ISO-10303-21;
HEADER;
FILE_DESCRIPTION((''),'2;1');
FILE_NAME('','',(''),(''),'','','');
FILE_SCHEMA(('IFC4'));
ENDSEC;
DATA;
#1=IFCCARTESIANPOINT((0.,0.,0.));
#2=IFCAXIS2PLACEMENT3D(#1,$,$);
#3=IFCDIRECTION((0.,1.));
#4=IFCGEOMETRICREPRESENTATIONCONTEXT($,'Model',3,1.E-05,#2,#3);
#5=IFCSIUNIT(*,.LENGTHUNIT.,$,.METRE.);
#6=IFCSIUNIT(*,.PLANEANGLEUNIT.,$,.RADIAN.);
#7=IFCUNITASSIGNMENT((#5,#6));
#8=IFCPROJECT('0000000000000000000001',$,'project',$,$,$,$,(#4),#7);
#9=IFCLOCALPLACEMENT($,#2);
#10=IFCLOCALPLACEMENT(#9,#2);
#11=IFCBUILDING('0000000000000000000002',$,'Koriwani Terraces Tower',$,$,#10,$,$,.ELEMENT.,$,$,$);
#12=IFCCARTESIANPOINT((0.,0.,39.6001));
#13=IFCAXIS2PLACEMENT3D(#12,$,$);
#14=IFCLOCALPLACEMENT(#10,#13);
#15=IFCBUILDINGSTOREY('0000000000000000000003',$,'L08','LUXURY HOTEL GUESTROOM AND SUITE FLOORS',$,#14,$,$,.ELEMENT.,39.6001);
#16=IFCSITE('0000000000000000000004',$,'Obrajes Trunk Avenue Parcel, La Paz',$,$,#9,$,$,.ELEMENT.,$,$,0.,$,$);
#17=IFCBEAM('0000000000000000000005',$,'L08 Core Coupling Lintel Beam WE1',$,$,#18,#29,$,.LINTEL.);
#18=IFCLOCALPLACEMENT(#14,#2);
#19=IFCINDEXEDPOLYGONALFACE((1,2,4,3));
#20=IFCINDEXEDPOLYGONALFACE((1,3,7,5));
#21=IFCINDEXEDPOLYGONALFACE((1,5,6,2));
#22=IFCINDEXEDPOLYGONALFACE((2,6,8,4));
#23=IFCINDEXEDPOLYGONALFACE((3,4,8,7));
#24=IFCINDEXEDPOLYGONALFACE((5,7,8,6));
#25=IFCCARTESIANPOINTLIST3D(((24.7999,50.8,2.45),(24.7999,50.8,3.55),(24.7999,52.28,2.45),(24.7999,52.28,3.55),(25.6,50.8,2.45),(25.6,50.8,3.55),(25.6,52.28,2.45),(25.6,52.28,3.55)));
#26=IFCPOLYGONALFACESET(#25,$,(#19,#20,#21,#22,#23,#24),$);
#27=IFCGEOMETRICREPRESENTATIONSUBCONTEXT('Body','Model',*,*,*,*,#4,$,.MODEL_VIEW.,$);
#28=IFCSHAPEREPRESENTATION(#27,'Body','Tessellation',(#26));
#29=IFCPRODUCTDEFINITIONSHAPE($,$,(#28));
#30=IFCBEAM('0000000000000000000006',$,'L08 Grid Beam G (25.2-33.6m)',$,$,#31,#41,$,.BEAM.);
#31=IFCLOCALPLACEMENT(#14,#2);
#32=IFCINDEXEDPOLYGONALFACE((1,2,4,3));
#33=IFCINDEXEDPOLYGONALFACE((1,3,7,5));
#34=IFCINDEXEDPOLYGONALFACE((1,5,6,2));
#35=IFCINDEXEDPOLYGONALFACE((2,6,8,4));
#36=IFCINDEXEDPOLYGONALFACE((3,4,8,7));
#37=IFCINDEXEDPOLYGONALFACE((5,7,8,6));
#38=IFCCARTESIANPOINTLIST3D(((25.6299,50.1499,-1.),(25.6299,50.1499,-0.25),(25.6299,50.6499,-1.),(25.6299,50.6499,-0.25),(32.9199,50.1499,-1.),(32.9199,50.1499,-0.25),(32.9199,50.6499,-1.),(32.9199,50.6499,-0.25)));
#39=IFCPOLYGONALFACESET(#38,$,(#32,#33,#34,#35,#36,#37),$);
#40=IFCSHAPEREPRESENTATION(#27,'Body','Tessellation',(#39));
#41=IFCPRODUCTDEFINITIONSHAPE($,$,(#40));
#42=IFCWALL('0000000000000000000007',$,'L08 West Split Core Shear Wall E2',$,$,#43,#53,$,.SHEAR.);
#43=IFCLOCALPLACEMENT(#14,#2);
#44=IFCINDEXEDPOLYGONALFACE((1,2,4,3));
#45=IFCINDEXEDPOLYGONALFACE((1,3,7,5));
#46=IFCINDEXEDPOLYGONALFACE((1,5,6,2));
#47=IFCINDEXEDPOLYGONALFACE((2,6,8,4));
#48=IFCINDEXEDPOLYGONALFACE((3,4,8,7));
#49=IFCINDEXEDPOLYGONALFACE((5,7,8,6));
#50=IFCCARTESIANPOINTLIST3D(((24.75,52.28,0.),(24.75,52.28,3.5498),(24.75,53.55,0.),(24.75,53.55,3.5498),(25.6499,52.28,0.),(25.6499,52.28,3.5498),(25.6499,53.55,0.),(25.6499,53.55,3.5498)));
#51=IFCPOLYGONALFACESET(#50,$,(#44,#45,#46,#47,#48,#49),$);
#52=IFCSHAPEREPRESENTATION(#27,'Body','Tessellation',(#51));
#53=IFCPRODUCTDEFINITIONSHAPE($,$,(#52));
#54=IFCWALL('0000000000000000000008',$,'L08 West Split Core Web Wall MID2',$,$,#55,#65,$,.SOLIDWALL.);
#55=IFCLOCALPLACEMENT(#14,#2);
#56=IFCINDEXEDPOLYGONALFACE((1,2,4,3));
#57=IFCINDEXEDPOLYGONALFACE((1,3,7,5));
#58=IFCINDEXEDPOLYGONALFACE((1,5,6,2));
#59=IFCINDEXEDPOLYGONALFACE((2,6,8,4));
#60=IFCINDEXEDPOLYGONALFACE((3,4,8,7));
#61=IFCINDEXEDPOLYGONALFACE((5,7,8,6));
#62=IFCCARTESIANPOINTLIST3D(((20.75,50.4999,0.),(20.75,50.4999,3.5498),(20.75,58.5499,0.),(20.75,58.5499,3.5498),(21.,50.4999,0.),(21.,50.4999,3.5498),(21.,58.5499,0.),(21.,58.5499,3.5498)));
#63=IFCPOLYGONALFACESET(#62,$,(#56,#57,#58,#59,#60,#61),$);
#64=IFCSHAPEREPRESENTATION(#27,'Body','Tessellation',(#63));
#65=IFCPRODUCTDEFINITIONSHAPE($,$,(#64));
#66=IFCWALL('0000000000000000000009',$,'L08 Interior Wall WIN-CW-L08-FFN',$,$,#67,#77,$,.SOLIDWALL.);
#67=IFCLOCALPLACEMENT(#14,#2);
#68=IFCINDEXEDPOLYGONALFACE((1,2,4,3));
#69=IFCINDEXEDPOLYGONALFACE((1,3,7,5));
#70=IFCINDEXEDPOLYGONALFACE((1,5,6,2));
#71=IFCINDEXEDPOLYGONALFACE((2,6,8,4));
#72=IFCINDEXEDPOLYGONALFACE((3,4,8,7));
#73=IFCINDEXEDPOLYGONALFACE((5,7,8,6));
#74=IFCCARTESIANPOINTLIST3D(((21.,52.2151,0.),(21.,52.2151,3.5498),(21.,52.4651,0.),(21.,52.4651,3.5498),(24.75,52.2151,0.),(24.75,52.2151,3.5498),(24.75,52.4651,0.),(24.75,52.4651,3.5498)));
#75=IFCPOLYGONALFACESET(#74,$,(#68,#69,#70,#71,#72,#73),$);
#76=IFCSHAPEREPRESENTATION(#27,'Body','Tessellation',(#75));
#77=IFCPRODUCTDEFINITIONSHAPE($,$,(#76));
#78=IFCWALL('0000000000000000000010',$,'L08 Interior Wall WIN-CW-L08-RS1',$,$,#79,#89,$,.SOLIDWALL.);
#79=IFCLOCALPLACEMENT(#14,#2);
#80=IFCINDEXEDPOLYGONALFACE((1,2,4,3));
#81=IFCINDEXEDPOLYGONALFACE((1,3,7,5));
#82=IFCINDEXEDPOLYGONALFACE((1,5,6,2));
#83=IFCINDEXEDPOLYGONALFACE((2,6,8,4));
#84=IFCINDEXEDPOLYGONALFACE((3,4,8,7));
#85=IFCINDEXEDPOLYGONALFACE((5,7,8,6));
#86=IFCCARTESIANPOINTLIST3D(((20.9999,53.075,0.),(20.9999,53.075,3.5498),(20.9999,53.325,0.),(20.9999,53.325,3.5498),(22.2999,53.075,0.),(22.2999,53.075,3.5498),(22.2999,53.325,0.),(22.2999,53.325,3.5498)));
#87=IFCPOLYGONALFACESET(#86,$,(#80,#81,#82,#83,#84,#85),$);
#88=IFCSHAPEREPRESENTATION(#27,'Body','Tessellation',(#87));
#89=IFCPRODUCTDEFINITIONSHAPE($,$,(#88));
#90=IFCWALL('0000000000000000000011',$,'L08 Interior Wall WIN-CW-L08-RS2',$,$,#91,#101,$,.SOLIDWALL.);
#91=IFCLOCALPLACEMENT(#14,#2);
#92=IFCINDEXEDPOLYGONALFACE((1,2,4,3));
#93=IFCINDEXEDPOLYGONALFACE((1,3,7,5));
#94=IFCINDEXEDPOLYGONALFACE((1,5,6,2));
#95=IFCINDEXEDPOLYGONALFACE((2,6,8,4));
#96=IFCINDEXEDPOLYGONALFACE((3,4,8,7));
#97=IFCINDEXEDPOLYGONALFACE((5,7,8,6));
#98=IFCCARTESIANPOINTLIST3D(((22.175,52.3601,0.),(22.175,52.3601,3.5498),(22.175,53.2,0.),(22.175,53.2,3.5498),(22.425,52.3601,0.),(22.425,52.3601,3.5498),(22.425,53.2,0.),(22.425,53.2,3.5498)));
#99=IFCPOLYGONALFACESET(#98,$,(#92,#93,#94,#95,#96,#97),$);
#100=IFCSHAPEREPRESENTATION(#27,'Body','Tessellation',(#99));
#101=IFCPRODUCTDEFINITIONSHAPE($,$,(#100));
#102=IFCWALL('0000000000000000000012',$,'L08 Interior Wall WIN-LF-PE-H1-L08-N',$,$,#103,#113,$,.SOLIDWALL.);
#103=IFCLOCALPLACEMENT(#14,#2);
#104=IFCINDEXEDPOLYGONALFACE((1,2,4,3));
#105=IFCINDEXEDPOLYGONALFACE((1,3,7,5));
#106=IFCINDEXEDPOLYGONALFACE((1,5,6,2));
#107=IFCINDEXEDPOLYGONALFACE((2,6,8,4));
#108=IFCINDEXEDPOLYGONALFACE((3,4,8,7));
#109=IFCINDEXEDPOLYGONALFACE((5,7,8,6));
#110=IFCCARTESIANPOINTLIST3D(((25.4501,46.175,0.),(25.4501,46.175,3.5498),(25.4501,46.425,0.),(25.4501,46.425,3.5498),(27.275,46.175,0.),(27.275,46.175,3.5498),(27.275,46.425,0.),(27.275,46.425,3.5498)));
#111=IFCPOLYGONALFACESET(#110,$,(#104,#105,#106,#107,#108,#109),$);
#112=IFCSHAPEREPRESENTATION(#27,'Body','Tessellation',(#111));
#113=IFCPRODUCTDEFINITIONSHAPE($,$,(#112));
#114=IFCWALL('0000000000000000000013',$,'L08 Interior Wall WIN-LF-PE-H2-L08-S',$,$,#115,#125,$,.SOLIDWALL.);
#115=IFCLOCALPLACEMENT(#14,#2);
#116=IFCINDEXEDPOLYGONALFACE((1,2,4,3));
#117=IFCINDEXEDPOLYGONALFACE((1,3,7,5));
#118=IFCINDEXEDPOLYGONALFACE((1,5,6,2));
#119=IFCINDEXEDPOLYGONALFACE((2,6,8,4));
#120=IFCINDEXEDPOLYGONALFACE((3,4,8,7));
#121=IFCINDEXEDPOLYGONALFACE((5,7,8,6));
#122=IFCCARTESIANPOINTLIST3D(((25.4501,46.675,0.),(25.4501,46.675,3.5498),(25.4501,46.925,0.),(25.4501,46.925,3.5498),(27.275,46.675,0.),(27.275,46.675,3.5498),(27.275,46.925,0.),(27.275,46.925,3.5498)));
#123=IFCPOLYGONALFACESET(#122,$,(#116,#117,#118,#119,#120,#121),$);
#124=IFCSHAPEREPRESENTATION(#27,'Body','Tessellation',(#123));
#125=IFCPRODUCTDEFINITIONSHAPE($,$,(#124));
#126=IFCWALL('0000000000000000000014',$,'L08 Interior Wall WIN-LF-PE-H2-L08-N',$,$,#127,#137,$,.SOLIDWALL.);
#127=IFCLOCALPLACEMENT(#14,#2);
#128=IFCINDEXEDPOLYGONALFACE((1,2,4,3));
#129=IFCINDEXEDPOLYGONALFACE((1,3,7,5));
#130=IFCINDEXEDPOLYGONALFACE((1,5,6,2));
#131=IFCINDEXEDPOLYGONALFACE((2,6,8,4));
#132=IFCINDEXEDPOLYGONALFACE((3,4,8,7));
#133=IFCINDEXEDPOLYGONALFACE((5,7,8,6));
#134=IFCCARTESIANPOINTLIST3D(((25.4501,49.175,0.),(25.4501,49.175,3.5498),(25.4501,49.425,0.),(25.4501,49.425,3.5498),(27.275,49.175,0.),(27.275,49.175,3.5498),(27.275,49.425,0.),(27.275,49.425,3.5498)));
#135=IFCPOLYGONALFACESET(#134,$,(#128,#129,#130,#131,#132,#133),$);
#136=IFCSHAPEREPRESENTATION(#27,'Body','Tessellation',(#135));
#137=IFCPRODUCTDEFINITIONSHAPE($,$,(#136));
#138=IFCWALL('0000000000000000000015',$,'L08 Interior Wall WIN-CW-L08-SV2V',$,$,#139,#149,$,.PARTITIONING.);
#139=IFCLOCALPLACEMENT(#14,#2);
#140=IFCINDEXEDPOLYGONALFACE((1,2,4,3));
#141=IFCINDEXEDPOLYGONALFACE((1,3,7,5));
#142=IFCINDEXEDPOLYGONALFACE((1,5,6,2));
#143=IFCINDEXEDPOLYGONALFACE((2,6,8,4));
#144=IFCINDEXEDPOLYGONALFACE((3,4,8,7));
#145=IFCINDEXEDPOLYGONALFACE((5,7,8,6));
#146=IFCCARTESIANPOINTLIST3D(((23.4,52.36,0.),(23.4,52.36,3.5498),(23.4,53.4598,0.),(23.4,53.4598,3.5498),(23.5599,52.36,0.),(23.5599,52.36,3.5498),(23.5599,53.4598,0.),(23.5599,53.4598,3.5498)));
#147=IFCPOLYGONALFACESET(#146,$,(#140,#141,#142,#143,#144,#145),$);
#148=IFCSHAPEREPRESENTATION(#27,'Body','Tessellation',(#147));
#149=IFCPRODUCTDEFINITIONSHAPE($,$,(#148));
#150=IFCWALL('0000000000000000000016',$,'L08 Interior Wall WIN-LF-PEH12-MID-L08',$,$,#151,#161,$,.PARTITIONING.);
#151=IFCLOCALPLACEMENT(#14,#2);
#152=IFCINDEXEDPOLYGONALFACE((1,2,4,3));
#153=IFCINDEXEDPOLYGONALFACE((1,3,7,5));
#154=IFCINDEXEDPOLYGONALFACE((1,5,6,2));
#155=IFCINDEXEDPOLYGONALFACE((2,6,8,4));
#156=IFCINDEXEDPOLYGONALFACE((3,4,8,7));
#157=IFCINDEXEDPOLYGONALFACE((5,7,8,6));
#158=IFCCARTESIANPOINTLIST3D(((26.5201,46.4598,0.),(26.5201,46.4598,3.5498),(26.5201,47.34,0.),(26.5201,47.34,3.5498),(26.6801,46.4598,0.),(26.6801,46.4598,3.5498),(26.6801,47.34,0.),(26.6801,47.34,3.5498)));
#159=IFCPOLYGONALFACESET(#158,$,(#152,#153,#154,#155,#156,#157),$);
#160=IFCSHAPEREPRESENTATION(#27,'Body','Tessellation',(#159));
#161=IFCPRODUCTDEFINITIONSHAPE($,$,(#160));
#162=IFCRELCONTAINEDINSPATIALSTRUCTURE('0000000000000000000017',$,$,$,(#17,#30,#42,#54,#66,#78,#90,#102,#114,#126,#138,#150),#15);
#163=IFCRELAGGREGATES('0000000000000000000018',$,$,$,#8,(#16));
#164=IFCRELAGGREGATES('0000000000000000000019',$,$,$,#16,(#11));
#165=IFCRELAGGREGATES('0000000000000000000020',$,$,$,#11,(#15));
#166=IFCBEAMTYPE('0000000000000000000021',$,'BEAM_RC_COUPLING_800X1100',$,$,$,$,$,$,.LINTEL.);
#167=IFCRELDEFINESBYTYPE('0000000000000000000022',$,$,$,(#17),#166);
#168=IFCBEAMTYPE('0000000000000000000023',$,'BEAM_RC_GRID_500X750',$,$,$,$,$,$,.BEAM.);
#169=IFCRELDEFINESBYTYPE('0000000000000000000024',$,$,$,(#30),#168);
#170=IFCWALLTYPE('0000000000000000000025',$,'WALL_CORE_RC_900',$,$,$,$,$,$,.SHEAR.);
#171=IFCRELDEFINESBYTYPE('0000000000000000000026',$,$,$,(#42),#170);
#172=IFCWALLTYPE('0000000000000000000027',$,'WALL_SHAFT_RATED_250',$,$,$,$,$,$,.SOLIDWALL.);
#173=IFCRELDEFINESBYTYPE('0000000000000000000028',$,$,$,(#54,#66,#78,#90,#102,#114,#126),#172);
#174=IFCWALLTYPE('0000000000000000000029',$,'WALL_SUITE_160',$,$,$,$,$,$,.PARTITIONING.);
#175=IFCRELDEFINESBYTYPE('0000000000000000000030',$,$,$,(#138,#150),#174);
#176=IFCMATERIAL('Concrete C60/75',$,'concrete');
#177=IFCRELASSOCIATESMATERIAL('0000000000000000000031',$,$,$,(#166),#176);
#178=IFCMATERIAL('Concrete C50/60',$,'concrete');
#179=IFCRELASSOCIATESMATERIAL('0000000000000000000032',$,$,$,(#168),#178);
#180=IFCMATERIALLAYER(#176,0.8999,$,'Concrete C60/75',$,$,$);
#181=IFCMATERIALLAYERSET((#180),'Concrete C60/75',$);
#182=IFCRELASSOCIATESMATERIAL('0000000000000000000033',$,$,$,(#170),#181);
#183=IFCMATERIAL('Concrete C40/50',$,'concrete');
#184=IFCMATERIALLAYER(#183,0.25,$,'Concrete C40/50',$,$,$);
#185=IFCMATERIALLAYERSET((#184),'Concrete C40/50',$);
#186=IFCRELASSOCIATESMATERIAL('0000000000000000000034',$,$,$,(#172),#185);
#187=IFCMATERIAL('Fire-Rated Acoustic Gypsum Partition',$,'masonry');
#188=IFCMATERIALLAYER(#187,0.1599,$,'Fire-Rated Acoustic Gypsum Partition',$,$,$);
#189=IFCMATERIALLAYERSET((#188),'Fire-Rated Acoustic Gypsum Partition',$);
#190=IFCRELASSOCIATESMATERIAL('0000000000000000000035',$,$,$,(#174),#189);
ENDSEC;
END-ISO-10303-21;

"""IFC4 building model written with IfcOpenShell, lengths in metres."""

from ifc_helpers import new_model, si_unit, direction, frame, frame_2d, origin, origin_2d, place, context, subcontext, project, spatial, rectangle, extrude, material, layer, layer_set, material_profile, profile_set, type_object, element, save


model = new_model("IFC4")

# Units and contexts
model_context = context("Model", 3, precision=1e-05, world=origin(), true_north=direction((0.0, 1.0)))
body_context = subcontext(model_context, "Body", "Model", "MODEL_VIEW")
ifc_project = project(units=[si_unit("LENGTHUNIT", "METRE"), si_unit("PLANEANGLEUNIT", "RADIAN")], contexts=[model_context])

# Site, building, storey
site_placement = place(None, origin())
site = spatial("IfcSite", under=ifc_project, at=site_placement, Name="Obrajes Trunk Avenue Parcel, La Paz", CompositionType="ELEMENT", RefElevation=0.0)
building_placement = place(site_placement, origin())
building = spatial("IfcBuilding", under=site, at=building_placement, Name="Koriwani Terraces Tower", CompositionType="ELEMENT")
storey_placement = place(building_placement, frame((0.0, 0.0, 39.6001)))
storey = spatial("IfcBuildingStorey", under=building, at=storey_placement, Name="L08", Description="LUXURY HOTEL GUESTROOM AND SUITE FLOORS", CompositionType="ELEMENT", Elevation=39.6001)

# Beams
ifc_material_1 = material(Name="Concrete C60/75", Category="concrete")
ifc_material_profile_1 = material_profile(ifc_material_1, rectangle(XDim=0.8, YDim=1.1001, at=origin_2d()), Name="Concrete C60/75", Category="LoadBearing")
ifc_profile_set_1 = profile_set([ifc_material_profile_1], Name="Concrete C60/75")
beam_type_1 = type_object("IfcBeamType", Name="BEAM_RC_COUPLING_800X1100", PredefinedType="LINTEL", material=ifc_profile_set_1)
beam_1_placement = place(storey_placement, frame((25.2, 50.8, 3.0), z_axis=(0.0, 1.0, 0.0), x_axis=(-1.0, 0.0, 0.0)))
element("IfcBeam", 1, at=beam_1_placement, inside=storey, type_object=beam_type_1, Name="L08 Core Coupling Lintel Beam WE1", PredefinedType="LINTEL", context=body_context, shape_type="SweptSolid", body=[
    extrude(rectangle(XDim=0.8, YDim=1.1001, at=origin_2d()), origin(), (0.0, 0.0, 1.0), 1.48),
])
ifc_material_2 = material(Name="Concrete C50/60", Category="concrete")
ifc_material_profile_2 = material_profile(ifc_material_2, rectangle(XDim=0.5, YDim=0.75, at=origin_2d()), Name="Concrete C50/60", Category="LoadBearing")
ifc_profile_set_2 = profile_set([ifc_material_profile_2], Name="Concrete C50/60")
beam_type_2 = type_object("IfcBeamType", Name="BEAM_RC_GRID_500X750", PredefinedType="BEAM", material=ifc_profile_set_2)
beam_2_placement = place(storey_placement, frame((25.6299, 50.3999, -0.625), z_axis=(1.0, 0.0, 0.0), x_axis=(0.0, 1.0, 0.0)))
element("IfcBeam", 2, at=beam_2_placement, inside=storey, type_object=beam_type_2, Name="L08 Grid Beam G (25.2-33.6m)", PredefinedType="BEAM", context=body_context, shape_type="SweptSolid", body=[
    extrude(rectangle(XDim=0.5, YDim=0.75, at=origin_2d()), origin(), (0.0, 0.0, 1.0), 7.29),
])

# Walls
ifc_layer_1 = layer(ifc_material_1, 0.8999, Name="Concrete C60/75")
ifc_layer_set_1 = layer_set([ifc_layer_1], Name="Concrete C60/75")
wall_type_1 = type_object("IfcWallType", Name="WALL_CORE_RC_900", PredefinedType="SHEAR", material=ifc_layer_set_1)
wall_1_placement = place(storey_placement, frame((25.2, 52.28, 0.0), z_axis=(0.0, 0.0, 1.0), x_axis=(0.0, 1.0, 0.0)))
element("IfcWall", 3, at=wall_1_placement, inside=storey, type_object=wall_type_1, Name="L08 West Split Core Shear Wall E2", PredefinedType="SHEAR", context=body_context, shape_type="SweptSolid", body=[
    extrude(rectangle(XDim=1.27, YDim=0.8999, at=frame_2d((0.635, 0.0))), origin(), (0.0, 0.0, 1.0), 3.5498),
])
ifc_material_3 = material(Name="Concrete C40/50", Category="concrete")
ifc_layer_2 = layer(ifc_material_3, 0.25, Name="Concrete C40/50")
ifc_layer_set_2 = layer_set([ifc_layer_2], Name="Concrete C40/50")
wall_type_2 = type_object("IfcWallType", Name="WALL_SHAFT_RATED_250", PredefinedType="SOLIDWALL", material=ifc_layer_set_2)
wall_2_placement = place(storey_placement, frame((20.875, 50.5, 0.0), z_axis=(0.0, 0.0, 1.0), x_axis=(0.0, 1.0, 0.0)))
element("IfcWall", 4, at=wall_2_placement, inside=storey, type_object=wall_type_2, Name="L08 West Split Core Web Wall MID2", PredefinedType="SOLIDWALL", context=body_context, shape_type="SweptSolid", body=[
    extrude(rectangle(XDim=8.05, YDim=0.25, at=frame_2d((4.0249, 0.0))), origin(), (0.0, 0.0, 1.0), 3.5498),
])

# Walls
wall_3_placement = place(storey_placement, frame((21.0, 52.3401, 0.0), z_axis=(0.0, 0.0, 1.0), x_axis=(1.0, 0.0, 0.0)))
element("IfcWall", 5, at=wall_3_placement, inside=storey, type_object=wall_type_2, Name="L08 Interior Wall WIN-CW-L08-FFN", PredefinedType="SOLIDWALL", context=body_context, shape_type="SweptSolid", body=[
    extrude(rectangle(XDim=3.75, YDim=0.25, at=frame_2d((1.875, 0.0))), origin(), (0.0, 0.0, 1.0), 3.5498),
])
wall_4_placement = place(storey_placement, frame((21.0, 53.2, 0.0), z_axis=(0.0, 0.0, 1.0), x_axis=(1.0, 0.0, 0.0)))
element("IfcWall", 6, at=wall_4_placement, inside=storey, type_object=wall_type_2, Name="L08 Interior Wall WIN-CW-L08-RS1", PredefinedType="SOLIDWALL", context=body_context, shape_type="SweptSolid", body=[
    extrude(rectangle(XDim=1.3, YDim=0.25, at=frame_2d((0.6499, 0.0))), origin(), (0.0, 0.0, 1.0), 3.5498),
])
wall_5_placement = place(storey_placement, frame((22.3, 52.3601, 0.0), z_axis=(0.0, 0.0, 1.0), x_axis=(0.0, 1.0, 0.0)))
element("IfcWall", 7, at=wall_5_placement, inside=storey, type_object=wall_type_2, Name="L08 Interior Wall WIN-CW-L08-RS2", PredefinedType="SOLIDWALL", context=body_context, shape_type="SweptSolid", body=[
    extrude(rectangle(XDim=0.8398, YDim=0.25, at=frame_2d((0.4199, 0.0))), origin(), (0.0, 0.0, 1.0), 3.5498),
])
for number, where, z_axis, x_axis, name in (
    (8, (25.45, 46.3, 0.0), (0.0, 0.0, 1.0), (1.0, 0.0, 0.0), "L08 Interior Wall WIN-LF-PE-H1-L08-N"),
    (9, (25.45, 46.8, 0.0), (0.0, 0.0, 1.0), (1.0, 0.0, 0.0), "L08 Interior Wall WIN-LF-PE-H2-L08-S"),
    (10, (25.45, 49.3, 0.0), (0.0, 0.0, 1.0), (1.0, 0.0, 0.0), "L08 Interior Wall WIN-LF-PE-H2-L08-N"),
):
    element("IfcWall", number, at=place(storey_placement, frame(where, z_axis=z_axis, x_axis=x_axis)), inside=storey, type_object=wall_type_2, Name=name, PredefinedType="SOLIDWALL", context=body_context, shape_type="SweptSolid", body=[
        extrude(rectangle(XDim=1.825, YDim=0.25, at=frame_2d((0.9126, 0.0))), origin(), (0.0, 0.0, 1.0), 3.5498),
    ])
ifc_material_4 = material(Name="Fire-Rated Acoustic Gypsum Partition", Category="masonry")
ifc_layer_3 = layer(ifc_material_4, 0.1599, Name="Fire-Rated Acoustic Gypsum Partition")
ifc_layer_set_3 = layer_set([ifc_layer_3], Name="Fire-Rated Acoustic Gypsum Partition")
wall_type_3 = type_object("IfcWallType", Name="WALL_SUITE_160", PredefinedType="PARTITIONING", material=ifc_layer_set_3)
wall_6_placement = place(storey_placement, frame((23.48, 52.3601, 0.0), z_axis=(0.0, 0.0, 1.0), x_axis=(0.0, 1.0, 0.0)))
element("IfcWall", 11, at=wall_6_placement, inside=storey, type_object=wall_type_3, Name="L08 Interior Wall WIN-CW-L08-SV2V", PredefinedType="PARTITIONING", context=body_context, shape_type="SweptSolid", body=[
    extrude(rectangle(XDim=1.0999, YDim=0.1599, at=frame_2d((0.5498, 0.0))), origin(), (0.0, 0.0, 1.0), 3.5498),
])
wall_7_placement = place(storey_placement, frame((26.6001, 46.46, 0.0), z_axis=(0.0, 0.0, 1.0), x_axis=(0.0, 1.0, 0.0)))
element("IfcWall", 12, at=wall_7_placement, inside=storey, type_object=wall_type_3, Name="L08 Interior Wall WIN-LF-PEH12-MID-L08", PredefinedType="PARTITIONING", context=body_context, shape_type="SweptSolid", body=[
    extrude(rectangle(XDim=0.8801, YDim=0.1599, at=frame_2d((0.4399, 0.0))), origin(), (0.0, 0.0, 1.0), 3.5498),
])

save(model, "model.ifc")
